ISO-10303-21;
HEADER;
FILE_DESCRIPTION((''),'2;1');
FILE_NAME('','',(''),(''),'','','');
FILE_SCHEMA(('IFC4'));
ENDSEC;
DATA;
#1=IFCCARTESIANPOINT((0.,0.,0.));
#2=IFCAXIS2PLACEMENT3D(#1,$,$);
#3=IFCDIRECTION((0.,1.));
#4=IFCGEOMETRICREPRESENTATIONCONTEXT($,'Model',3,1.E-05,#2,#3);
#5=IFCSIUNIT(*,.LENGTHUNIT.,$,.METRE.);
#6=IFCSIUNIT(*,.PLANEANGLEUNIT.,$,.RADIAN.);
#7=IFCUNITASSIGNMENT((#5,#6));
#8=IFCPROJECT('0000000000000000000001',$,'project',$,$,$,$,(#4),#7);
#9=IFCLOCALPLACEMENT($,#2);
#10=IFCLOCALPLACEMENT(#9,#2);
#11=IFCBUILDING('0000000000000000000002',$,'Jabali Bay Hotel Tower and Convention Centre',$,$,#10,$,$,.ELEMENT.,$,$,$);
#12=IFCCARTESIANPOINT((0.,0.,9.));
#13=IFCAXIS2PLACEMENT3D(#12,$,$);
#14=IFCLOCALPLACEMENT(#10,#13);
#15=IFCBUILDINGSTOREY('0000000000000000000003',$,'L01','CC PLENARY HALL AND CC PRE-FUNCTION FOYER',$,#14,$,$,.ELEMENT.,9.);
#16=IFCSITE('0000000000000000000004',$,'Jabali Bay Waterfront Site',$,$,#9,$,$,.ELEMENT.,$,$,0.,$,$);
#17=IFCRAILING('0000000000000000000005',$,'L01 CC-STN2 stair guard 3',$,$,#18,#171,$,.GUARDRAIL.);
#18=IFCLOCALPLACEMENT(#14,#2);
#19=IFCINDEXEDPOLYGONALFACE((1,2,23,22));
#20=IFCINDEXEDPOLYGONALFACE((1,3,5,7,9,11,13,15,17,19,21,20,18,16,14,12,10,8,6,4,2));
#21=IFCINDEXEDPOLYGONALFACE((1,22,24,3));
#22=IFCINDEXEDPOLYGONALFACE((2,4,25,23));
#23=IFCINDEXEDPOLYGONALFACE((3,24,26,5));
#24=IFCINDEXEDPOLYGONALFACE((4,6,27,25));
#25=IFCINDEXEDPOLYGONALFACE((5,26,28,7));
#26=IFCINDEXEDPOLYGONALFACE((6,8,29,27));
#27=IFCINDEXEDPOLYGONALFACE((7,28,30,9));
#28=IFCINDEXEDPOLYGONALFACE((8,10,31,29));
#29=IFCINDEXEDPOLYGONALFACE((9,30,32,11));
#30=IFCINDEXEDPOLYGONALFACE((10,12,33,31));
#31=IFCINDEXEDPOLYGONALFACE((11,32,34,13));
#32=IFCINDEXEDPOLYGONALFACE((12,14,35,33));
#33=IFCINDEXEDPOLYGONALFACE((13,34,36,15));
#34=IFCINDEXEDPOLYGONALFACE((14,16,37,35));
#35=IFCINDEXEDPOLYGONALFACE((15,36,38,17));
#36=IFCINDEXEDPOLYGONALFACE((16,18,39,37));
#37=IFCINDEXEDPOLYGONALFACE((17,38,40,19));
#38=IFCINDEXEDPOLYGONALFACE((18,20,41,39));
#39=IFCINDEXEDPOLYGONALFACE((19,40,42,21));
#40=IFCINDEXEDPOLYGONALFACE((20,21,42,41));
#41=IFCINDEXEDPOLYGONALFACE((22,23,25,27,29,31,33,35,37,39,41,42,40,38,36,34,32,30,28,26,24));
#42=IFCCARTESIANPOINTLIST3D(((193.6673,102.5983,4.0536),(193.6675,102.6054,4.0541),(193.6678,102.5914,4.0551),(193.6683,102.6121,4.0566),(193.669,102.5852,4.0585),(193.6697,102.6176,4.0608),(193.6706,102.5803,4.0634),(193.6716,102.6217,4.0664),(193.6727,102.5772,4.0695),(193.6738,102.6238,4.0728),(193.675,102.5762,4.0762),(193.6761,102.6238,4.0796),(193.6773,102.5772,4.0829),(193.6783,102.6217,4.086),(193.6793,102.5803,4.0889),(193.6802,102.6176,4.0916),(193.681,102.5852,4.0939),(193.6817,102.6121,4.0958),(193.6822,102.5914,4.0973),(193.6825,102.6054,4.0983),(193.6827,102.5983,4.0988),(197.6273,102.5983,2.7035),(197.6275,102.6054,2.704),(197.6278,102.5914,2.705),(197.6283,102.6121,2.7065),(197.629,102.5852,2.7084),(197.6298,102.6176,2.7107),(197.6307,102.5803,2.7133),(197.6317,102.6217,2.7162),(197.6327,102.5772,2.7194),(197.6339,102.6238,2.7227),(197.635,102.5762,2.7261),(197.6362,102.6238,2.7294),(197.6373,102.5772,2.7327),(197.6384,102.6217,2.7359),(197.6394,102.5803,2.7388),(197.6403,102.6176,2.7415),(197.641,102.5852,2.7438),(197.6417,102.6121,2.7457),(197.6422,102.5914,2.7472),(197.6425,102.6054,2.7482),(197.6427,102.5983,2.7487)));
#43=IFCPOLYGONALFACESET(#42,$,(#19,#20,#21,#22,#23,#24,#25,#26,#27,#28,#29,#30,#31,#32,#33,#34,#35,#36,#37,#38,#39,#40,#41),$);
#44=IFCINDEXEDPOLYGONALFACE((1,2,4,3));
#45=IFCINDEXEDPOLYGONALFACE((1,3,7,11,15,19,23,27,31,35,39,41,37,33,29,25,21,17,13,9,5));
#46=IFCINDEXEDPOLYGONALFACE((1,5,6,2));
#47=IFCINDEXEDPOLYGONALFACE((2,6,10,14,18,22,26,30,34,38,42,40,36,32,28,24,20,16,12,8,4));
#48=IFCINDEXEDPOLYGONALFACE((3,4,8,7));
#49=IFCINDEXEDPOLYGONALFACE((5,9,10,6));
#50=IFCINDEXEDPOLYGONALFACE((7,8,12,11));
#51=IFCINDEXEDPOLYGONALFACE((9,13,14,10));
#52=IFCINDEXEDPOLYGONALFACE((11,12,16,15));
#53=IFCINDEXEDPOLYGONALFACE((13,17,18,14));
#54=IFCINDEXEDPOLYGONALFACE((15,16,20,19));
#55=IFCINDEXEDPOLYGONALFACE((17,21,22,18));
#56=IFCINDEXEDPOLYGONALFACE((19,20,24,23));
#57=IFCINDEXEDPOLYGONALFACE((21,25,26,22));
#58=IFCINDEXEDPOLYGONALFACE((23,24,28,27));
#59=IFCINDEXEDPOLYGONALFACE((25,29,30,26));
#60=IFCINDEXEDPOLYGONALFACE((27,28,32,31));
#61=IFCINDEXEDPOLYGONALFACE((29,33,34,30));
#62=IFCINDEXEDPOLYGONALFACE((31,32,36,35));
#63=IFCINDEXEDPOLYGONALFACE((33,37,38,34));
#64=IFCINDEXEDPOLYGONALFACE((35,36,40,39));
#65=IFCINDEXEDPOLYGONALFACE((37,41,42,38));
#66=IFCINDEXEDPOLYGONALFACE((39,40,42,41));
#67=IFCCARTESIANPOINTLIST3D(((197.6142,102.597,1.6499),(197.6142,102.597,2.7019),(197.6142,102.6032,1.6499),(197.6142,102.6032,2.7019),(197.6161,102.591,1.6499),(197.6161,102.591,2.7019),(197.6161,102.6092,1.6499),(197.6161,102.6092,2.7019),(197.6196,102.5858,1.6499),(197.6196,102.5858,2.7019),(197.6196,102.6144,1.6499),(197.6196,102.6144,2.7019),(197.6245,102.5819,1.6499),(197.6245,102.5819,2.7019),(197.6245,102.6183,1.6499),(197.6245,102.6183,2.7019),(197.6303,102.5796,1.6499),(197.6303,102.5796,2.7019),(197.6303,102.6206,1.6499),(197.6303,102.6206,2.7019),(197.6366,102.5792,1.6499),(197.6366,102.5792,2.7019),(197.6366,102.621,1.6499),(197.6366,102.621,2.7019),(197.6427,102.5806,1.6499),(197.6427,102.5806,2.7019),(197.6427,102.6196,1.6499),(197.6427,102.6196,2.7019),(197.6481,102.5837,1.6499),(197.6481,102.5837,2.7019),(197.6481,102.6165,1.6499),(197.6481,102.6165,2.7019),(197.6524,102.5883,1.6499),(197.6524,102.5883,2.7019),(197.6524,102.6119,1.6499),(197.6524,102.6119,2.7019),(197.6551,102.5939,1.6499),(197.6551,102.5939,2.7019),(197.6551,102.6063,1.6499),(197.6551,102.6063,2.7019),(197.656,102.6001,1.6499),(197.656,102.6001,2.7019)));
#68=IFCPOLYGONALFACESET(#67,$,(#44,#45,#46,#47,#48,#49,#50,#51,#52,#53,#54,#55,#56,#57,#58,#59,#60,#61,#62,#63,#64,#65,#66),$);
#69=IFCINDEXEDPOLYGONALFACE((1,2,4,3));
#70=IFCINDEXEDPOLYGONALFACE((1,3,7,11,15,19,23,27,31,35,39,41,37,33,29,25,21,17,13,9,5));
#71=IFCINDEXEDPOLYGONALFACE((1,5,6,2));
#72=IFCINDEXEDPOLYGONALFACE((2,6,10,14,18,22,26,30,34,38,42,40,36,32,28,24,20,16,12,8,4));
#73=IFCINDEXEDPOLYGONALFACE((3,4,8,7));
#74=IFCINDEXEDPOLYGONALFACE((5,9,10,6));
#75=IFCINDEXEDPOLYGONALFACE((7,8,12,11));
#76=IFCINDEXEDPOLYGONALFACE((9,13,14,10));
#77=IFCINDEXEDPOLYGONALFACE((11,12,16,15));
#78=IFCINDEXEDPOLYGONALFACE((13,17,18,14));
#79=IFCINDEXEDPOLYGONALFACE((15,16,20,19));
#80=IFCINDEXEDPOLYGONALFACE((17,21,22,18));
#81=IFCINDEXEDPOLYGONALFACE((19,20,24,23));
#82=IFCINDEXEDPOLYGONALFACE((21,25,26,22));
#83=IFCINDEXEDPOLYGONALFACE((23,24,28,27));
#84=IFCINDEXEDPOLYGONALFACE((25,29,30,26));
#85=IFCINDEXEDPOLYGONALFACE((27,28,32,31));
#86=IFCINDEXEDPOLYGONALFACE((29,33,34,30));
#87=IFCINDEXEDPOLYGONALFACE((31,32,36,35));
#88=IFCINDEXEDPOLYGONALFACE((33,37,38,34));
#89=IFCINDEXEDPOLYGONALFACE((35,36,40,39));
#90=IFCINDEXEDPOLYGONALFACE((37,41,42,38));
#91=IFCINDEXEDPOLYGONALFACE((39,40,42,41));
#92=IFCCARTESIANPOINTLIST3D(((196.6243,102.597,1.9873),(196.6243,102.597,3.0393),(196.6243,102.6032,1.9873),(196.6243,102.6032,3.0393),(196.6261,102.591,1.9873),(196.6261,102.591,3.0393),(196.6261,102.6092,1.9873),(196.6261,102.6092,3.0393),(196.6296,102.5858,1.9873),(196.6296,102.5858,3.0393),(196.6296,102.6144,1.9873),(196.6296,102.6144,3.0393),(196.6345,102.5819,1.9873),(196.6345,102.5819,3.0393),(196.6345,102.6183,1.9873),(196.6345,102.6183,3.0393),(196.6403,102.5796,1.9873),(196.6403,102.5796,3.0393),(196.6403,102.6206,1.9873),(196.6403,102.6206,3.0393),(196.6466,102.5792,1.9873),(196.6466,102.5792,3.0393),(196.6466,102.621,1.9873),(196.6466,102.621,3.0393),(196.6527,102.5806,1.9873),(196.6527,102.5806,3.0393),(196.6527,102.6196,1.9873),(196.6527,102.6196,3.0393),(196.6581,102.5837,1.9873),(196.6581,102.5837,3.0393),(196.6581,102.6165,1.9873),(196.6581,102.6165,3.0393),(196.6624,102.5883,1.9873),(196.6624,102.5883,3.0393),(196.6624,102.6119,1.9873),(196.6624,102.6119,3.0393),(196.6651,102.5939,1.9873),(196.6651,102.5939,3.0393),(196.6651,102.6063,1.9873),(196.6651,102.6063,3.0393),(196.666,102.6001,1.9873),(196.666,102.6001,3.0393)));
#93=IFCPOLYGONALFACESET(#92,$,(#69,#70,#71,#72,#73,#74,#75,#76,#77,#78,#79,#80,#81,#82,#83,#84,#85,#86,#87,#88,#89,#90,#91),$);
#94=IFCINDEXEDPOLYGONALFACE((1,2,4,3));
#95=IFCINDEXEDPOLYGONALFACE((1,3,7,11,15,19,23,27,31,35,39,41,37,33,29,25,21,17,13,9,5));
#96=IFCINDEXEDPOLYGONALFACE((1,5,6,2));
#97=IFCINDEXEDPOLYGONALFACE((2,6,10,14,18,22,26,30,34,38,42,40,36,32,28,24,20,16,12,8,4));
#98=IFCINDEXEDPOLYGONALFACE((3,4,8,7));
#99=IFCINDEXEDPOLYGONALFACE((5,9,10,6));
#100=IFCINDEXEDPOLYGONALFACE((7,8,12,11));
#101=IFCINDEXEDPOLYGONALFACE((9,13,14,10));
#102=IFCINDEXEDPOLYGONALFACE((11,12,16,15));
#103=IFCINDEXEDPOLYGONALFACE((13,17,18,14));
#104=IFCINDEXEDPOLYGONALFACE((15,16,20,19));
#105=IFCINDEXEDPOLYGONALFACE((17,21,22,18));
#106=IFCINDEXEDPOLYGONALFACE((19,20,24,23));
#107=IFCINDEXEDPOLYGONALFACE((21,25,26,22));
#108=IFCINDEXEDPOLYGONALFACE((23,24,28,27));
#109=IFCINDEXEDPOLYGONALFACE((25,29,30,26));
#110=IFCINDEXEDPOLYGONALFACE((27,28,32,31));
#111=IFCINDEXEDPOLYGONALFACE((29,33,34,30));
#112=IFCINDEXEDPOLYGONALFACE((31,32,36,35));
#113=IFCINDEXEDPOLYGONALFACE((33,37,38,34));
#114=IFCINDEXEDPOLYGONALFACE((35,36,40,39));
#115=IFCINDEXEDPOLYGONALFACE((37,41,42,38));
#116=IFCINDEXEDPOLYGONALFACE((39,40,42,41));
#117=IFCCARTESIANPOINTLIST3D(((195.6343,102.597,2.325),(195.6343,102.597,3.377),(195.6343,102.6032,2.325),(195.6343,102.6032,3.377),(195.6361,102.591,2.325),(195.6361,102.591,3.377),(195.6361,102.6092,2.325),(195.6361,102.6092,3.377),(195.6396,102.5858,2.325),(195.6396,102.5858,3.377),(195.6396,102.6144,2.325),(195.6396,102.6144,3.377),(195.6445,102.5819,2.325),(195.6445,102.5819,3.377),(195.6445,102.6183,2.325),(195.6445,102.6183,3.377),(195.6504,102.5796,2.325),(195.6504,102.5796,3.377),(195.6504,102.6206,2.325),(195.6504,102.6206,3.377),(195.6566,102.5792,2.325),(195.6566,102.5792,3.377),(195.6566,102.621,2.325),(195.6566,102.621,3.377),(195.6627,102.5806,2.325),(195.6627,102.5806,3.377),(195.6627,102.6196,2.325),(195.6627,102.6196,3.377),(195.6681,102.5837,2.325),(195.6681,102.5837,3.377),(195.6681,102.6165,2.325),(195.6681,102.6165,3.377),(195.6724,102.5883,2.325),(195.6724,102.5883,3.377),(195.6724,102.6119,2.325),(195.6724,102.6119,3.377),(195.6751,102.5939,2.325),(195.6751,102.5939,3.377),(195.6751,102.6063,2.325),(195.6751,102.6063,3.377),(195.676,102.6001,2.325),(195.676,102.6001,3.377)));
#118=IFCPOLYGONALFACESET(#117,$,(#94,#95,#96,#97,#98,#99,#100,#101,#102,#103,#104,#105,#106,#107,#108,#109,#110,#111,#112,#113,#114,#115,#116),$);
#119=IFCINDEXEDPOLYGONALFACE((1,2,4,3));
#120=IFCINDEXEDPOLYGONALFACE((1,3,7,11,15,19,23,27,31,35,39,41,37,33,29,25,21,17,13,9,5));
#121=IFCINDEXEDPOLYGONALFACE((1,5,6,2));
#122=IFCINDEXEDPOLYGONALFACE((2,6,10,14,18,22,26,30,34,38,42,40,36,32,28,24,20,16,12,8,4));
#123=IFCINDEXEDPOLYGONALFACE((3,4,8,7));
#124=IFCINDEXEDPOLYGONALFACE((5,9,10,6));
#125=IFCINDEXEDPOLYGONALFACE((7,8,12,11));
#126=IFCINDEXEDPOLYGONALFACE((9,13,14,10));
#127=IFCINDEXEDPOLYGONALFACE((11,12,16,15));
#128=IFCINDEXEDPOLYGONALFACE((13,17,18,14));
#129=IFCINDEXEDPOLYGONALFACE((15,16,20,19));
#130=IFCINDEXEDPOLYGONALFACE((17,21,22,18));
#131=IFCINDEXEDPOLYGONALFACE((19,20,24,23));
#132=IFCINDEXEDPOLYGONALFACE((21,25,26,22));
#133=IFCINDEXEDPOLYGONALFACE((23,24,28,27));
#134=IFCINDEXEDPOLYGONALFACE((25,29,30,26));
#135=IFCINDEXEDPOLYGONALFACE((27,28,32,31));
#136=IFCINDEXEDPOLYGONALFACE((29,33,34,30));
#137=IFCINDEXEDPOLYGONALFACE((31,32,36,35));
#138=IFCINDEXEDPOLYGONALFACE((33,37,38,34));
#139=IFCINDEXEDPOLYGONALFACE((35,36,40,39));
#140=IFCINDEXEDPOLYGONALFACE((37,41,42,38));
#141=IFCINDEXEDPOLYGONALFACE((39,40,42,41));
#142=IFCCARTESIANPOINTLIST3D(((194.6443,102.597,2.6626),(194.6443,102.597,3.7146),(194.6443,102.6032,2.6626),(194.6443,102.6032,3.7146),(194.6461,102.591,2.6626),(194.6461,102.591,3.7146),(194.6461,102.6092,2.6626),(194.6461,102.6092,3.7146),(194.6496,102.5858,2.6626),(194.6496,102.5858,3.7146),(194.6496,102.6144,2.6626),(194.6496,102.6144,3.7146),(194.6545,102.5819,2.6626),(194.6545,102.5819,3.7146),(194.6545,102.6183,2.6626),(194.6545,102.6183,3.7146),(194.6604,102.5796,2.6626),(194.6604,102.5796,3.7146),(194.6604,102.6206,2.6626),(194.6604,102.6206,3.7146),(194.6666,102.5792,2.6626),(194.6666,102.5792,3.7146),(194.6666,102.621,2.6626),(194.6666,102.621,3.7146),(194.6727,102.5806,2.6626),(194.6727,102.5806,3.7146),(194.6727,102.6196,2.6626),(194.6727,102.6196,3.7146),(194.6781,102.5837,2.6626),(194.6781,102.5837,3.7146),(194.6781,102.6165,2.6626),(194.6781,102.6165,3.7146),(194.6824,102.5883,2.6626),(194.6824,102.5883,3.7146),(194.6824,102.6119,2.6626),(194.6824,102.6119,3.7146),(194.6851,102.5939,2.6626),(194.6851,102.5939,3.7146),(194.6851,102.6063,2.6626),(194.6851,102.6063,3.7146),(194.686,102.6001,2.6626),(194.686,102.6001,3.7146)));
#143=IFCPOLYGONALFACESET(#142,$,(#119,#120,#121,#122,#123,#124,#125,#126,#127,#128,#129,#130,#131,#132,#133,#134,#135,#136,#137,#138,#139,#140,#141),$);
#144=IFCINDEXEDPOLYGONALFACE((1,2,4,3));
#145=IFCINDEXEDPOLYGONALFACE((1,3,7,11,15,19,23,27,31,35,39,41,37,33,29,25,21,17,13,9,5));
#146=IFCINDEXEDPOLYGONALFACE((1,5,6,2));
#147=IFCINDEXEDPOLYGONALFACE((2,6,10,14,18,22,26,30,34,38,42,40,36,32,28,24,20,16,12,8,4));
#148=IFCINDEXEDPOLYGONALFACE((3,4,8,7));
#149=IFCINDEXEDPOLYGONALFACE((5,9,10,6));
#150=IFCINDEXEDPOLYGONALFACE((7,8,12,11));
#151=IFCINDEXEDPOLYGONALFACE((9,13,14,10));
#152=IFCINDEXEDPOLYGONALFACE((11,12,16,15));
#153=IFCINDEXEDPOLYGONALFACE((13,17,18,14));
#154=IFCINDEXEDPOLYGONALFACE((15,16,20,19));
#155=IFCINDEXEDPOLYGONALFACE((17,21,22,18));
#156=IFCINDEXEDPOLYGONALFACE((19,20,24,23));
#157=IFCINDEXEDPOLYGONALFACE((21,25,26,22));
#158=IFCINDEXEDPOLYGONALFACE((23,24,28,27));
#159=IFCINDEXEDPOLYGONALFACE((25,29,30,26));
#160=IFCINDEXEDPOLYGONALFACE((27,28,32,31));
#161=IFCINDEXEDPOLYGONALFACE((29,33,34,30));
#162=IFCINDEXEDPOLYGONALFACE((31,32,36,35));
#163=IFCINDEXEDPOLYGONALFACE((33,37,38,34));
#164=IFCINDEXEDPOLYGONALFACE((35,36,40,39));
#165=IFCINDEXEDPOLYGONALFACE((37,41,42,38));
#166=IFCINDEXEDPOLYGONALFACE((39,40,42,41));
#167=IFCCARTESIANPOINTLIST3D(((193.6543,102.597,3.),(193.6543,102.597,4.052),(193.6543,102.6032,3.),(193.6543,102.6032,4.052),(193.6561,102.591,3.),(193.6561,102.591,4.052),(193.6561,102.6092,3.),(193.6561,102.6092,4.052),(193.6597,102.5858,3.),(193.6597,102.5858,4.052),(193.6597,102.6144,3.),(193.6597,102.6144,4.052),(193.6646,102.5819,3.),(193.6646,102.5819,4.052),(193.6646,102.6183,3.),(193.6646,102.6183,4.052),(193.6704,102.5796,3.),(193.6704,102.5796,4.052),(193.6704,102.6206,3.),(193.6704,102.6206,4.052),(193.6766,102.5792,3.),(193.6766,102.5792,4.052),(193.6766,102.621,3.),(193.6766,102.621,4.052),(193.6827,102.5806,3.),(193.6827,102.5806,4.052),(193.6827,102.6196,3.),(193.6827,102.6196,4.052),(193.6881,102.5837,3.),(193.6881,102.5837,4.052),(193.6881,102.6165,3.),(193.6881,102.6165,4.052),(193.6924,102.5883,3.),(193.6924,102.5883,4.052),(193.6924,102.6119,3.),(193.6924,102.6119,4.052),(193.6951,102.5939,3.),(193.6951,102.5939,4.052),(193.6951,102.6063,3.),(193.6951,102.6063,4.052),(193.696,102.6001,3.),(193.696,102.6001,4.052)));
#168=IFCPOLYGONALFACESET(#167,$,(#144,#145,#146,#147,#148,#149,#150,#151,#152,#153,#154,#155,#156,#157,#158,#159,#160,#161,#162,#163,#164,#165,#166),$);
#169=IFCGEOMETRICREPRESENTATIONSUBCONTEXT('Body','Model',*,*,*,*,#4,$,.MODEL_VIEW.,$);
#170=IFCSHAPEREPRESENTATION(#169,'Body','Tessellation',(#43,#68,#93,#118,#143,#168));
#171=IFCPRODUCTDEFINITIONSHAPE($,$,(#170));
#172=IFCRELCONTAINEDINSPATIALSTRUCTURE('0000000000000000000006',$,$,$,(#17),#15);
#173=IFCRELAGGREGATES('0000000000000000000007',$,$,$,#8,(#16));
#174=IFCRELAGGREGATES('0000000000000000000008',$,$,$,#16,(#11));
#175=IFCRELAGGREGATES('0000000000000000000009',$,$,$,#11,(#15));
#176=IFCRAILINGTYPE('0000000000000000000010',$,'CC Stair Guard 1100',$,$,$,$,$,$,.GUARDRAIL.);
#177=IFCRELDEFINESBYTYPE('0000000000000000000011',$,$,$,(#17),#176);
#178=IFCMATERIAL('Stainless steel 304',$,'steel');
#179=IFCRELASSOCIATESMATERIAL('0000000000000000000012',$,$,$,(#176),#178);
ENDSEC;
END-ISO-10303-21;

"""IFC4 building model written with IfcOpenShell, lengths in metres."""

from ifc_helpers import new_model, si_unit, direction, frame, origin, origin_2d, place, context, subcontext, project, spatial, circle, extrude, material, type_object, element, save


model = new_model("IFC4")

# Units and contexts
model_context = context("Model", 3, precision=1e-05, world=origin(), true_north=direction((0.0, 1.0)))
body_context = subcontext(model_context, "Body", "Model", "MODEL_VIEW")
ifc_project = project(units=[si_unit("LENGTHUNIT", "METRE"), si_unit("PLANEANGLEUNIT", "RADIAN")], contexts=[model_context])

# Site, building, storey
site_placement = place(None, origin())
site = spatial("IfcSite", under=ifc_project, at=site_placement, Name="Jabali Bay Waterfront Site", CompositionType="ELEMENT", RefElevation=0.0)
building_placement = place(site_placement, origin())
building = spatial("IfcBuilding", under=site, at=building_placement, Name="Jabali Bay Hotel Tower and Convention Centre", CompositionType="ELEMENT")
storey_placement = place(building_placement, frame((0.0, 0.0, 9.0)))
storey = spatial("IfcBuildingStorey", under=building, at=storey_placement, Name="L01", Description="CC PLENARY HALL AND CC PRE-FUNCTION FOYER", CompositionType="ELEMENT", Elevation=9.0)

# Railing
ifc_material_1 = material(Name="Stainless steel 304", Category="steel")
railing_type_1 = type_object("IfcRailingType", Name="CC Stair Guard 1100", PredefinedType="GUARDRAIL", material=ifc_material_1)
railing_1_placement = place(storey_placement, frame((197.635, 102.6001, 1.6499)))
element("IfcRailing", 1, at=railing_1_placement, inside=storey, type_object=railing_type_1, Name="L01 CC-STN2 stair guard 3", PredefinedType="GUARDRAIL", context=body_context, shape_type="SweptSolid", body=[
    extrude(circle(Radius=0.0239, at=origin_2d()), frame((0.0, 0.0, 1.0762), z_axis=(-0.946502, 0.0, 0.322698), x_axis=(0.0, -1.0, 0.0)), (0.0, 0.0, 1.0), 4.1838),
    extrude(circle(Radius=0.021, at=origin_2d()), origin(), (0.0, 0.0, 1.0), 1.052),
    extrude(circle(Radius=0.021, at=origin_2d()), frame((-0.99, 0.0, 0.3374)), (0.0, 0.0, 1.0), 1.052),
    extrude(circle(Radius=0.021, at=origin_2d()), frame((-1.98, 0.0, 0.675)), (0.0, 0.0, 1.0), 1.052),
    extrude(circle(Radius=0.021, at=origin_2d()), frame((-2.97, 0.0, 1.0127)), (0.0, 0.0, 1.0), 1.052),
    extrude(circle(Radius=0.021, at=origin_2d()), frame((-3.96, 0.0, 1.3501)), (0.0, 0.0, 1.0), 1.052),
])

save(model, "model.ifc")
